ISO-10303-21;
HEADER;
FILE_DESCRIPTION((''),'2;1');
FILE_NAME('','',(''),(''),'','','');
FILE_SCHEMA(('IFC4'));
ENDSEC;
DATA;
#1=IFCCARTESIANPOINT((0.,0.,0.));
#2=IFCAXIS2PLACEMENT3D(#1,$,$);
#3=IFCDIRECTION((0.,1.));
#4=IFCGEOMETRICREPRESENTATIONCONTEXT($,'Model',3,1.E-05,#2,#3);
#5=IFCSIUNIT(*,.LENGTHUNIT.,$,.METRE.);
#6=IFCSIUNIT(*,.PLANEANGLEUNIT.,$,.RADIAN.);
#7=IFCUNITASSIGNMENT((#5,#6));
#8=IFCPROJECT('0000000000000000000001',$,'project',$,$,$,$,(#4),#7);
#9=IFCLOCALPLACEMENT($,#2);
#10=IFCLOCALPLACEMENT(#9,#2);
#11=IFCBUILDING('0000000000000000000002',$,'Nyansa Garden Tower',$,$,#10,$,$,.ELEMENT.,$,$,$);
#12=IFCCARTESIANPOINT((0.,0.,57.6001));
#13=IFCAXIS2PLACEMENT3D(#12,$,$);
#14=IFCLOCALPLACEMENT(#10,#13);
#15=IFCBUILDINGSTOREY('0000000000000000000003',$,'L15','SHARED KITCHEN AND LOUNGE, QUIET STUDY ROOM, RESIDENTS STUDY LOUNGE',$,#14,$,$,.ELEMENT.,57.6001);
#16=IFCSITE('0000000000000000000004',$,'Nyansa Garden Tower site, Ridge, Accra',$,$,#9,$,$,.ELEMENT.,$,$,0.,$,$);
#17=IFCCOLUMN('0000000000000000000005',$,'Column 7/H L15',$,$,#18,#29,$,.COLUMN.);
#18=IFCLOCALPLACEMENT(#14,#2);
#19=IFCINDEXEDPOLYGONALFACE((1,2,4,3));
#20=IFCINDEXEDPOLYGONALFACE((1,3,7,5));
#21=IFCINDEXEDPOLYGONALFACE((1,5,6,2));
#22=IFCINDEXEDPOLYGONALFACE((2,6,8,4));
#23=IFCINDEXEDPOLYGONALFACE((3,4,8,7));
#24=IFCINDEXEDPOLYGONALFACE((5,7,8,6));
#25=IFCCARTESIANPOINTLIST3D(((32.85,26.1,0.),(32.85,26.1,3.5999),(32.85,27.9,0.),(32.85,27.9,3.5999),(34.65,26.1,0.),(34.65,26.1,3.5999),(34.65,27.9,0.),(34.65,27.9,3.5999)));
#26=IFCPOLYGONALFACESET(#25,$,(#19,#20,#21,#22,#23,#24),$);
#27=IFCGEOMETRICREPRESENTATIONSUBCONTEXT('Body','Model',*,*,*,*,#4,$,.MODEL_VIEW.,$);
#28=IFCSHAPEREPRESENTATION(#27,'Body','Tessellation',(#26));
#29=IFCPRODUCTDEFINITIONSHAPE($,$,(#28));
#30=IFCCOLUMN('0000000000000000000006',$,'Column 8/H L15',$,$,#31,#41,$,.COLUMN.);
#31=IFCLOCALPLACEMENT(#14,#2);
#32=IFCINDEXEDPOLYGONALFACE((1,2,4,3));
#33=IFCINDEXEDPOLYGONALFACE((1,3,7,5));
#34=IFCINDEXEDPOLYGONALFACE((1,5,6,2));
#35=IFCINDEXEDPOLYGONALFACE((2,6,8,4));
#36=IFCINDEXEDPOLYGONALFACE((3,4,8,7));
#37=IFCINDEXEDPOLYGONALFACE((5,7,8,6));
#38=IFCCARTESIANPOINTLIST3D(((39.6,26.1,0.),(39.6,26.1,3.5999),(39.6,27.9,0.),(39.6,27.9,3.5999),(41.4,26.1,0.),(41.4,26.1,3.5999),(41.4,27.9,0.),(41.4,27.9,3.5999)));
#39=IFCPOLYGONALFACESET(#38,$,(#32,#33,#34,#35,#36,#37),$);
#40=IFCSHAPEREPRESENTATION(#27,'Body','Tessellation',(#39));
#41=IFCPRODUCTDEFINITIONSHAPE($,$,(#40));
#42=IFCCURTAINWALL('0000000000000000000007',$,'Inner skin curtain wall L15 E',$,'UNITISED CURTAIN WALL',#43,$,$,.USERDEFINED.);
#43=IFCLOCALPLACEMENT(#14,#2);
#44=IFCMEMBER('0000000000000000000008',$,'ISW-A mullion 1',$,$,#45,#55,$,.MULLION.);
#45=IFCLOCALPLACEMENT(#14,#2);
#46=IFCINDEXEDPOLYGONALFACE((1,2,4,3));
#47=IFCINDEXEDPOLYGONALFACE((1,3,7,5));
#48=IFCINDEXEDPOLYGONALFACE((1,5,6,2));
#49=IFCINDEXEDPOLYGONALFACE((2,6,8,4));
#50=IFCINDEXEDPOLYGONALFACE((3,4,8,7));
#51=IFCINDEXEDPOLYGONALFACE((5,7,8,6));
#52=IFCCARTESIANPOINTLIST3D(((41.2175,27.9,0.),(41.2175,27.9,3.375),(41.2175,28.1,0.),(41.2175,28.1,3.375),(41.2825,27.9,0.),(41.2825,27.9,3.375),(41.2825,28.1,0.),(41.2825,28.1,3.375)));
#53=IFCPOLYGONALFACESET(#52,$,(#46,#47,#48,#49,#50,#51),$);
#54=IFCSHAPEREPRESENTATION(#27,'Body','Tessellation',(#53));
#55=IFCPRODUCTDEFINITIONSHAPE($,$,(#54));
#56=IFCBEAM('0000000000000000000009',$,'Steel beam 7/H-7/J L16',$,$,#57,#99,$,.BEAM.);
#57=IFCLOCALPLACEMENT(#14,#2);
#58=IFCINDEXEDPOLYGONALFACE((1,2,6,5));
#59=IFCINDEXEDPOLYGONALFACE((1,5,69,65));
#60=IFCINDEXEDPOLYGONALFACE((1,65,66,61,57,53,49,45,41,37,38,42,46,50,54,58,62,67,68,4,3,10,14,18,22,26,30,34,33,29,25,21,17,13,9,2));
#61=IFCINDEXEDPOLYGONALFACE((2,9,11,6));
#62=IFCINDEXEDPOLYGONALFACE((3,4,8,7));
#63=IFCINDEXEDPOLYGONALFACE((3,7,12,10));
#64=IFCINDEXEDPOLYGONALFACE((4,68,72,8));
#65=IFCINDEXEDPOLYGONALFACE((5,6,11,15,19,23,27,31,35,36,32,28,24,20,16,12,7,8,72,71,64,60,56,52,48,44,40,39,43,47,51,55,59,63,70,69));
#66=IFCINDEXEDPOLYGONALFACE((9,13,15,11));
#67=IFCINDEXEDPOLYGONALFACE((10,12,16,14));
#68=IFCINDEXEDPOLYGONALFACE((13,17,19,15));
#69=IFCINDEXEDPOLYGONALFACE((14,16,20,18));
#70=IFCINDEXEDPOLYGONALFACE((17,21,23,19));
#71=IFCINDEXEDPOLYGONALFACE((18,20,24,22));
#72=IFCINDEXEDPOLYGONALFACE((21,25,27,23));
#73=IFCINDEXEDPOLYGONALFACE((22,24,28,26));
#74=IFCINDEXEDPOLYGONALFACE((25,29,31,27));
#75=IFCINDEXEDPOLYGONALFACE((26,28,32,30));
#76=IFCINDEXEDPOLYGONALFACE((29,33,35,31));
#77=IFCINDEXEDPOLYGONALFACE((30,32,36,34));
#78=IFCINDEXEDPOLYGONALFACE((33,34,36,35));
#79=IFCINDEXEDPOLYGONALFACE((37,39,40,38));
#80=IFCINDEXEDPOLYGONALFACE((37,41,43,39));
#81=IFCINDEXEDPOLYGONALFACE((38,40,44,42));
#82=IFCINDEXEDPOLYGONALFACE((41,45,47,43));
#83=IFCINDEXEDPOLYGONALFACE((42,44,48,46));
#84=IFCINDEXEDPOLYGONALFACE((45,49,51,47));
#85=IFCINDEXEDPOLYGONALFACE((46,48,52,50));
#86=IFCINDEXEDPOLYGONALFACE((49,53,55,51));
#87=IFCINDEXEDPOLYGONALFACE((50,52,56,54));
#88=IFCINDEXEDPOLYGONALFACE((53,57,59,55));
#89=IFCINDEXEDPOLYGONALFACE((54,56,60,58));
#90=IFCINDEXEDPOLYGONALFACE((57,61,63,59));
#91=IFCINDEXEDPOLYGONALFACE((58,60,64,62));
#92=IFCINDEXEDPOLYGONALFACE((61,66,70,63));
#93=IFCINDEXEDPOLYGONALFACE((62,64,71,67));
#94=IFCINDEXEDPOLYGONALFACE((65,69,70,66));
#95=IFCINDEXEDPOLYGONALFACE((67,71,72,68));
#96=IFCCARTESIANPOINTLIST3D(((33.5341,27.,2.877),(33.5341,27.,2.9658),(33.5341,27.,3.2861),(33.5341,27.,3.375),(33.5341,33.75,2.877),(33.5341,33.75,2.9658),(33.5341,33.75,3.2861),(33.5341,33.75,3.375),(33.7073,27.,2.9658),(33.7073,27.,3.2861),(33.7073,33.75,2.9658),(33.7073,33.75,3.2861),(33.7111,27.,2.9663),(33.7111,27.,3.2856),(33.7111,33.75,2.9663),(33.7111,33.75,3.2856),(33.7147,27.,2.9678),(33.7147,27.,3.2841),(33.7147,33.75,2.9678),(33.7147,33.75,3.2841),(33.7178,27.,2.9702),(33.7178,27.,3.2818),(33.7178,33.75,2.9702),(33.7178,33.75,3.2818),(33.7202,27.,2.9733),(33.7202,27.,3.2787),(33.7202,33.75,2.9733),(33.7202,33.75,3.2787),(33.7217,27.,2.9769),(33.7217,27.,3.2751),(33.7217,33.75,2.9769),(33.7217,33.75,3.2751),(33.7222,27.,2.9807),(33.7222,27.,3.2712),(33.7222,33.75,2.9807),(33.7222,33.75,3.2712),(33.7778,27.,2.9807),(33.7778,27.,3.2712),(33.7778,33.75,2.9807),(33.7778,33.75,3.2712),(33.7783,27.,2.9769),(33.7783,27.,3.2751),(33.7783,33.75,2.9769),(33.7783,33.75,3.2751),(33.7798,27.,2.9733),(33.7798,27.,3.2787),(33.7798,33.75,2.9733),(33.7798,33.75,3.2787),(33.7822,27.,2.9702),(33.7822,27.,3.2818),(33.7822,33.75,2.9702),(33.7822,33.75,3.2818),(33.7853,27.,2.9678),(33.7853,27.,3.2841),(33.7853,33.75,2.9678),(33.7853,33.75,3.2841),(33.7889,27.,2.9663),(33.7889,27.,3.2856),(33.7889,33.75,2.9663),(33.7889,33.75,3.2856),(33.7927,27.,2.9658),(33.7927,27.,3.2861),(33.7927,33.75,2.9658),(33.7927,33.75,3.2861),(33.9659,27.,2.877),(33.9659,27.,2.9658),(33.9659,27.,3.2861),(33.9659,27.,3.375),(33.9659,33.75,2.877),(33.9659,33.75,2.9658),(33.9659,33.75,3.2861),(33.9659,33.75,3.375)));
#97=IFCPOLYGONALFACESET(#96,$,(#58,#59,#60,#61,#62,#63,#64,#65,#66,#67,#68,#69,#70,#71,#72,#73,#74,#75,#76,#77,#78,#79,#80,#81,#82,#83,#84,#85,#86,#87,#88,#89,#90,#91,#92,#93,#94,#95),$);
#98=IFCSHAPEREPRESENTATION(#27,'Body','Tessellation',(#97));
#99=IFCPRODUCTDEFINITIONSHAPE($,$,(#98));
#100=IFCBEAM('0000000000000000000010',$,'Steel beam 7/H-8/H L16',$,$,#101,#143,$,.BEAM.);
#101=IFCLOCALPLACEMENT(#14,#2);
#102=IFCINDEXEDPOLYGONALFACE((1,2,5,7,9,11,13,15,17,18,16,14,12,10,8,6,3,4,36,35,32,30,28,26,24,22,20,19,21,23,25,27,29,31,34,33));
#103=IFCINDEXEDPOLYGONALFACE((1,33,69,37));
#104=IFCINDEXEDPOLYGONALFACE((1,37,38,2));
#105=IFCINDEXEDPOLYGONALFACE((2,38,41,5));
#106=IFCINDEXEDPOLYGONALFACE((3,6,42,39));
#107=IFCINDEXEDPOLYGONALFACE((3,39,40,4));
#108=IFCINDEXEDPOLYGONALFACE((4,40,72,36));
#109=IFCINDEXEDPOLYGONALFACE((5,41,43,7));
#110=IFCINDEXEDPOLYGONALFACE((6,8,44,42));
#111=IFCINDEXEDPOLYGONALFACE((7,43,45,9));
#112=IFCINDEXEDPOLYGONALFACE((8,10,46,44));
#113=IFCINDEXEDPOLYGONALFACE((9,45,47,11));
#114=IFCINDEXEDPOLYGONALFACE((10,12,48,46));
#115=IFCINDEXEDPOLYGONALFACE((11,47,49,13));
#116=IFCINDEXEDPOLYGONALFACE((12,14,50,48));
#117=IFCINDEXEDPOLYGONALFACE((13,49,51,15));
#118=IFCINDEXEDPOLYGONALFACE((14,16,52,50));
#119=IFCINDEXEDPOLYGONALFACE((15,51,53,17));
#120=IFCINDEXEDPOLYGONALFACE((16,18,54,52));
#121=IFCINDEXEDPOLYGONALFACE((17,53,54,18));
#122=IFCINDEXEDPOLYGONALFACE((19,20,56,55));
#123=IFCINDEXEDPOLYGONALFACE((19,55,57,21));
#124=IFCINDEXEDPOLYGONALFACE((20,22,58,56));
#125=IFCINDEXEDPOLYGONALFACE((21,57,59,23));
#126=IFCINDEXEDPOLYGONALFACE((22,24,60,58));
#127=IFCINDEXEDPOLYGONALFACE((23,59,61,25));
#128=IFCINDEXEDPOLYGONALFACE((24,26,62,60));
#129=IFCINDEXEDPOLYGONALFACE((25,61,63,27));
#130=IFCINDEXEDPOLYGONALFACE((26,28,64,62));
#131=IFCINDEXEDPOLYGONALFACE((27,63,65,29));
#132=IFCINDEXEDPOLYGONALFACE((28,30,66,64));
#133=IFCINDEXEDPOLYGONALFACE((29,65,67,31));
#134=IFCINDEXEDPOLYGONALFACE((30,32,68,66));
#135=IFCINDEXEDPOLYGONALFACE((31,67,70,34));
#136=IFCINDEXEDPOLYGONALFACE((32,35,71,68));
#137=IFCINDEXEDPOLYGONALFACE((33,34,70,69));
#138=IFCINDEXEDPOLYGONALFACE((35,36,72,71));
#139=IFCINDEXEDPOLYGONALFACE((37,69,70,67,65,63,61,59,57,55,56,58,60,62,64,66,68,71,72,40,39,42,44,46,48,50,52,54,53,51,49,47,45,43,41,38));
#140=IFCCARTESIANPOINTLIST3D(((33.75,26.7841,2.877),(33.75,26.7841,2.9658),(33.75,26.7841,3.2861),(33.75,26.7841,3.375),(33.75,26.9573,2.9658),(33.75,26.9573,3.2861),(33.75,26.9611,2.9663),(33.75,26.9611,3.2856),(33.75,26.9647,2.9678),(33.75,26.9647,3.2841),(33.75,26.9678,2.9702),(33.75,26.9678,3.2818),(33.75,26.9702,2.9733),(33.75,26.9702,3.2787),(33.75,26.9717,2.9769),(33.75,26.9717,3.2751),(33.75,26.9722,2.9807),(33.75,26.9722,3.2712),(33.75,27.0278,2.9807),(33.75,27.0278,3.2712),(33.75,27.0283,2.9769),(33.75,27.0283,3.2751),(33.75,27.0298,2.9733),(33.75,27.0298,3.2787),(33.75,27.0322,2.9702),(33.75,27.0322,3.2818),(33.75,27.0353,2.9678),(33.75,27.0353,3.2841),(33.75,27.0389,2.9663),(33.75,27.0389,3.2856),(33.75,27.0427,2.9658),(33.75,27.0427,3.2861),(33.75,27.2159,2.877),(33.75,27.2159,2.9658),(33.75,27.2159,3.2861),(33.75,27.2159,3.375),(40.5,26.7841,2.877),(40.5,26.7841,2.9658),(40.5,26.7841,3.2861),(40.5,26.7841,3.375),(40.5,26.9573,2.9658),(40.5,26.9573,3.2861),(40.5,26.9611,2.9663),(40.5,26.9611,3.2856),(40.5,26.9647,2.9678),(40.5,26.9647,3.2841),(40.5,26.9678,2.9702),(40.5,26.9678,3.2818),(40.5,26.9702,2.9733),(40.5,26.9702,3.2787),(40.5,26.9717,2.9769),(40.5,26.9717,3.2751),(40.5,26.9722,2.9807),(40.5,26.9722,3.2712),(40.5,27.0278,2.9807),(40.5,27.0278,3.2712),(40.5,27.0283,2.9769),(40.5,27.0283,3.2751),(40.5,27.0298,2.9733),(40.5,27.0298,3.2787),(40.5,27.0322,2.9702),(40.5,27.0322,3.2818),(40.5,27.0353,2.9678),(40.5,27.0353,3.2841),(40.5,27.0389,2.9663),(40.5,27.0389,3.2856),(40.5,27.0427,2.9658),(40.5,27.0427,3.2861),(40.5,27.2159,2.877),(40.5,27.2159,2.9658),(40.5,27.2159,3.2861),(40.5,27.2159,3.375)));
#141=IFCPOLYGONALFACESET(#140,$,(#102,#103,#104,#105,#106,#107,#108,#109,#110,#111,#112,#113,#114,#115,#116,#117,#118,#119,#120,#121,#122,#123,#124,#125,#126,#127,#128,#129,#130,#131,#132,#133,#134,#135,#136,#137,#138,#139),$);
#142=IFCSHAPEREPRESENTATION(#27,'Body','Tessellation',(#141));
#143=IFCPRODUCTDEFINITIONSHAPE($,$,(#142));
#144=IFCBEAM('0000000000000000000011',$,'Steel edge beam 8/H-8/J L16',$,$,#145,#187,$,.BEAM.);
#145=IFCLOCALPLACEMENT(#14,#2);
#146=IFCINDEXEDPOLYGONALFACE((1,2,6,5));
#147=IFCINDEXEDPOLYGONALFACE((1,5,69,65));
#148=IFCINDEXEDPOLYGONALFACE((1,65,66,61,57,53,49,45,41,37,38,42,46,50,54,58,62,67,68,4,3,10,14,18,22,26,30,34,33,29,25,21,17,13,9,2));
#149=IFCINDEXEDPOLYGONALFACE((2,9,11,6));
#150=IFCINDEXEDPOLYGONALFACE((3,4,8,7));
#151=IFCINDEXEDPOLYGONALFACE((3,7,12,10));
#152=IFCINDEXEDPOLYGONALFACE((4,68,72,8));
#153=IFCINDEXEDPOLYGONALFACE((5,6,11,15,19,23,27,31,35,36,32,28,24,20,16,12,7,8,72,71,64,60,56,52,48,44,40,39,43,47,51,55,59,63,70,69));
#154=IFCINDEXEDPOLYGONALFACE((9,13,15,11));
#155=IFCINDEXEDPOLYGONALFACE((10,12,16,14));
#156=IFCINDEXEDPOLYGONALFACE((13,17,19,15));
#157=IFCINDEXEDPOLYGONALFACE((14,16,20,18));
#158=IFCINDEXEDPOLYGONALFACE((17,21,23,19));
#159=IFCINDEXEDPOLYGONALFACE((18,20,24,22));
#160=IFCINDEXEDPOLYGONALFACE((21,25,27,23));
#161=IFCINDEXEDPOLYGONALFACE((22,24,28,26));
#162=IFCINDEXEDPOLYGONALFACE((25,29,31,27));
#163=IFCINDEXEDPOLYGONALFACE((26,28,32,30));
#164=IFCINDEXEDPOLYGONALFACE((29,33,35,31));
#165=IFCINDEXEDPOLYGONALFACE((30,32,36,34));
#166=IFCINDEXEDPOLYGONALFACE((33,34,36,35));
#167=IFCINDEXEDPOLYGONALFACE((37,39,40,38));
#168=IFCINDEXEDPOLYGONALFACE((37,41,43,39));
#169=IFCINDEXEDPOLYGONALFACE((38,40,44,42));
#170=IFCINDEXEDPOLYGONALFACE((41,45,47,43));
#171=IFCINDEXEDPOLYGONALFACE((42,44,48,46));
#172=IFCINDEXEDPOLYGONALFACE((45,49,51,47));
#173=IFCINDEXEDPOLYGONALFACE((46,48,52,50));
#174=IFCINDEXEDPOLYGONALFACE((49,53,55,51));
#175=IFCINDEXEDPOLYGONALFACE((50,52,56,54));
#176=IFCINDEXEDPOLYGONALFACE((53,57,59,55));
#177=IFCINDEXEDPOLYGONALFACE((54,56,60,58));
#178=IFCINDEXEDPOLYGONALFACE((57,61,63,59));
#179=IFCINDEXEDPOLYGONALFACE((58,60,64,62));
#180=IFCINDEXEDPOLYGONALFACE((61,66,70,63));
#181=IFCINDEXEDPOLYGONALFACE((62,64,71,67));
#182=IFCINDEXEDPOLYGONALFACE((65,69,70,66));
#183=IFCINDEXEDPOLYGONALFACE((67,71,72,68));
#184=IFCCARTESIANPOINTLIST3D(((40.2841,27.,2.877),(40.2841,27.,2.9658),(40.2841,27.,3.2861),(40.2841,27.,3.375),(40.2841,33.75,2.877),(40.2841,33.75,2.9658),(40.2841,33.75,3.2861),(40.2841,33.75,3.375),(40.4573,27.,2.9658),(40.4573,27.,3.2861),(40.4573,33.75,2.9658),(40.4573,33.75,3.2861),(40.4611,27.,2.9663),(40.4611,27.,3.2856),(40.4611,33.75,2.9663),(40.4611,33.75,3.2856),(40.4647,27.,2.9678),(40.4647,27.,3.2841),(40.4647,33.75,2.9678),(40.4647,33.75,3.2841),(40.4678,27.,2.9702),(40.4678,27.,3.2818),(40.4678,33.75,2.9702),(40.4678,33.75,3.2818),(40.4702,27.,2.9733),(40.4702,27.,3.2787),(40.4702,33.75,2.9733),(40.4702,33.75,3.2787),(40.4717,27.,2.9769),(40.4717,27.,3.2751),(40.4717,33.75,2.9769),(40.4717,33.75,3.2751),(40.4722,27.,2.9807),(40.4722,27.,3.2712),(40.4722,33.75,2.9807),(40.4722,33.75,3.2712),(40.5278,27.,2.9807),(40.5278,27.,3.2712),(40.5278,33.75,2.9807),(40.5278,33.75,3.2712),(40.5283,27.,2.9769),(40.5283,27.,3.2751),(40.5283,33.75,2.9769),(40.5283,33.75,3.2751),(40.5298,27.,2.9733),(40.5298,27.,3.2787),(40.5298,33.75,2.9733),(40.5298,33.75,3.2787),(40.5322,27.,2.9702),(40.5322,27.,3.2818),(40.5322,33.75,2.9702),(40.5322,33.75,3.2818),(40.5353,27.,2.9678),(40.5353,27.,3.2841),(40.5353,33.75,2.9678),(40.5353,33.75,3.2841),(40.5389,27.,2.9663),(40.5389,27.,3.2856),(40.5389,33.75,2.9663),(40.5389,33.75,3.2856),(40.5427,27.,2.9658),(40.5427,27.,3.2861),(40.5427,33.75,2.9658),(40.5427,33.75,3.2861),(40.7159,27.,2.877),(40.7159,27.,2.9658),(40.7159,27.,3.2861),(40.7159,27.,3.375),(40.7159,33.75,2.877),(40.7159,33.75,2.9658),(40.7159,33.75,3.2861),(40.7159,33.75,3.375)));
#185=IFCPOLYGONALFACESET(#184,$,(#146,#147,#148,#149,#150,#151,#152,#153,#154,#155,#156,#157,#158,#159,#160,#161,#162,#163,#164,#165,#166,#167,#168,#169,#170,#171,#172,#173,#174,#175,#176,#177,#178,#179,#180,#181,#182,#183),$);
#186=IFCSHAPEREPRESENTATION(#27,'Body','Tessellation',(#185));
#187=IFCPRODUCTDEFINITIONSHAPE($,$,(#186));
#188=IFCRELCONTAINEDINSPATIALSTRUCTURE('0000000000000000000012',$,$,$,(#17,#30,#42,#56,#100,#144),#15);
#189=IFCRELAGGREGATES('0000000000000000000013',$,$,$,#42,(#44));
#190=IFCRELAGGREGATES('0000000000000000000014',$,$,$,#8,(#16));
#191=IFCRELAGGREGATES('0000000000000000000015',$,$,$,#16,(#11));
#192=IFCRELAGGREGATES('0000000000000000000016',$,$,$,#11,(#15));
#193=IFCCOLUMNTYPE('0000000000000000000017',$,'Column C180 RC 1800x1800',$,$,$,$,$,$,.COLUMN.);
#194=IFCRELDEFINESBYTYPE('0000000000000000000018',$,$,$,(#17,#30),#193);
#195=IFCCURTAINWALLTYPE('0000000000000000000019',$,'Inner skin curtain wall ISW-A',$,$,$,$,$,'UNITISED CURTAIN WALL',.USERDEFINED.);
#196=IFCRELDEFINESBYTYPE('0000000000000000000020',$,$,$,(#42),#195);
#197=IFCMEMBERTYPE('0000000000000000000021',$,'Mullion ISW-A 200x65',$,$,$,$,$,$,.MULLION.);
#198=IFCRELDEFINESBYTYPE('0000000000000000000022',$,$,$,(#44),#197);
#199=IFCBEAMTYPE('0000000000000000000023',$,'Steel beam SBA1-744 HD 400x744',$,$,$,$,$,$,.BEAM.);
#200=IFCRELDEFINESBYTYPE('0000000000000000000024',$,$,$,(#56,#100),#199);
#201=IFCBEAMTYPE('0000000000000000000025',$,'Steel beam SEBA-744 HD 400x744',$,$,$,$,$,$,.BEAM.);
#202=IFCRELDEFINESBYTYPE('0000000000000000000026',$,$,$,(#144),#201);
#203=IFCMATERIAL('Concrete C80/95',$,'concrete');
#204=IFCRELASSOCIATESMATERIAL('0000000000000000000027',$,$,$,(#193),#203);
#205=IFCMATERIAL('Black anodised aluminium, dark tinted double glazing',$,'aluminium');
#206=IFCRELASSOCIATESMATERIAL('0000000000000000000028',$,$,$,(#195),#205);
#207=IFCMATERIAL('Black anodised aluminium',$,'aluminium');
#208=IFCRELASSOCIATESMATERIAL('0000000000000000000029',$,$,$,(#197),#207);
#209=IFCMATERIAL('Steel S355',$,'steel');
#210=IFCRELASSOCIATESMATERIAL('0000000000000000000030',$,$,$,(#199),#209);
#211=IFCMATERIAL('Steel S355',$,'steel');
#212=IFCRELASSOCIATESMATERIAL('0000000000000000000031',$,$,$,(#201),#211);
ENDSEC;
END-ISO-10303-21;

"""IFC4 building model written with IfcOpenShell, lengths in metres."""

from ifc_helpers import new_model, si_unit, direction, frame, origin, origin_2d, place, context, subcontext, project, spatial, rectangle, i_section, extrude, material, material_profile, profile_set, type_object, element, aggregate, save


model = new_model("IFC4")

# Units and contexts
model_context = context("Model", 3, precision=1e-05, world=origin(), true_north=direction((0.0, 1.0)))
body_context = subcontext(model_context, "Body", "Model", "MODEL_VIEW")
ifc_project = project(units=[si_unit("LENGTHUNIT", "METRE"), si_unit("PLANEANGLEUNIT", "RADIAN")], contexts=[model_context])

# Site, building, storey
site_placement = place(None, origin())
site = spatial("IfcSite", under=ifc_project, at=site_placement, Name="Nyansa Garden Tower site, Ridge, Accra", CompositionType="ELEMENT", RefElevation=0.0)
building_placement = place(site_placement, origin())
building = spatial("IfcBuilding", under=site, at=building_placement, Name="Nyansa Garden Tower", CompositionType="ELEMENT")
storey_placement = place(building_placement, frame((0.0, 0.0, 57.6001)))
storey = spatial("IfcBuildingStorey", under=building, at=storey_placement, Name="L15", Description="SHARED KITCHEN AND LOUNGE, QUIET STUDY ROOM, RESIDENTS STUDY LOUNGE", CompositionType="ELEMENT", Elevation=57.6001)

# Columns
ifc_material_1 = material(Name="Concrete C80/95", Category="concrete")
ifc_material_profile_1 = material_profile(ifc_material_1, rectangle(XDim=1.8, YDim=1.8, at=origin_2d()), Name="RC 1800x1800")
ifc_profile_set_1 = profile_set([ifc_material_profile_1], Name="Concrete C80/95")
column_type = type_object("IfcColumnType", Name="Column C180 RC 1800x1800", PredefinedType="COLUMN", material=ifc_profile_set_1)
for number, where, z_axis, x_axis, name in (
    (1, (33.75, 27.0, 0.0), (0.0, 0.0, 1.0), (1.0, 0.0, 0.0), "Column 7/H L15"),
    (2, (40.5, 27.0, 0.0), (0.0, 0.0, 1.0), (1.0, 0.0, 0.0), "Column 8/H L15"),
):
    element("IfcColumn", number, at=place(storey_placement, frame(where, z_axis=z_axis, x_axis=x_axis)), inside=storey, type_object=column_type, Name=name, PredefinedType="COLUMN", context=body_context, shape_type="SweptSolid", body=[
        extrude(rectangle(XDim=1.8, YDim=1.8, at=origin_2d()), origin(), (0.0, 0.0, 1.0), 3.5999),
    ])

# Curtain wall, member
ifc_material_2 = material(Name="Black anodised aluminium, dark tinted double glazing", Category="aluminium")
curtain_wall_type = type_object("IfcCurtainWallType", Name="Inner skin curtain wall ISW-A", ElementType="UNITISED CURTAIN WALL", PredefinedType="USERDEFINED", material=ifc_material_2)
curtain_wall_placement = place(storey_placement, origin())
curtain_wall = element("IfcCurtainWall", 3, at=curtain_wall_placement, inside=storey, type_object=curtain_wall_type, Name="Inner skin curtain wall L15 E", ObjectType="UNITISED CURTAIN WALL", PredefinedType="USERDEFINED")
ifc_material_3 = material(Name="Black anodised aluminium", Category="aluminium")
ifc_material_profile_2 = material_profile(ifc_material_3, rectangle(XDim=0.0649, YDim=0.2, at=origin_2d()), Name="Mullion 200x65")
ifc_profile_set_2 = profile_set([ifc_material_profile_2], Name="Black anodised aluminium")
member_type_1 = type_object("IfcMemberType", Name="Mullion ISW-A 200x65", PredefinedType="MULLION", material=ifc_profile_set_2)
member_1_placement = place(storey_placement, frame((41.25, 28.0, 0.0), z_axis=(0.0, 0.0, 1.0), x_axis=(-1.0, 0.0, 0.0)))
member_1 = element("IfcMember", 4, at=member_1_placement, type_object=member_type_1, Name="ISW-A mullion 1", PredefinedType="MULLION", context=body_context, shape_type="SweptSolid", body=[
    extrude(rectangle(XDim=0.0649, YDim=0.2, at=origin_2d()), origin(), (0.0, 0.0, 1.0), 3.375),
])

# Beams
ifc_material_4 = material(Name="Steel S355", Category="steel")
ifc_material_profile_3 = material_profile(ifc_material_4, i_section(OverallWidth=0.4319, OverallDepth=0.498, WebThickness=0.0557, FlangeThickness=0.0889, FilletRadius=0.0149, at=origin_2d()), Name="HD 400x744")
ifc_profile_set_3 = profile_set([ifc_material_profile_3], Name="Steel S355")
beam_type_1 = type_object("IfcBeamType", Name="Steel beam SBA1-744 HD 400x744", PredefinedType="BEAM", material=ifc_profile_set_3)
for number, where, z_axis, x_axis, name in (
    (5, (33.75, 27.0, 3.126), (0.0, 1.0, 0.0), (-1.0, 0.0, 0.0), "Steel beam 7/H-7/J L16"),
    (6, (33.75, 27.0, 3.126), (1.0, 0.0, 0.0), (0.0, 1.0, 0.0), "Steel beam 7/H-8/H L16"),
):
    element("IfcBeam", number, at=place(storey_placement, frame(where, z_axis=z_axis, x_axis=x_axis)), inside=storey, type_object=beam_type_1, Name=name, PredefinedType="BEAM", context=body_context, shape_type="SweptSolid", body=[
        extrude(i_section(OverallWidth=0.4319, OverallDepth=0.498, WebThickness=0.0557, FlangeThickness=0.0889, FilletRadius=0.0149, at=origin_2d()), origin(), (0.0, 0.0, 1.0), 6.75),
    ])
ifc_material_5 = material(Name="Steel S355", Category="steel")
ifc_material_profile_4 = material_profile(ifc_material_5, i_section(OverallWidth=0.4319, OverallDepth=0.498, WebThickness=0.0557, FlangeThickness=0.0889, FilletRadius=0.0149, at=origin_2d()), Name="HD 400x744")
ifc_profile_set_4 = profile_set([ifc_material_profile_4], Name="Steel S355")
beam_type_2 = type_object("IfcBeamType", Name="Steel beam SEBA-744 HD 400x744", PredefinedType="BEAM", material=ifc_profile_set_4)
beam_placement = place(storey_placement, frame((40.5, 27.0, 3.126), z_axis=(0.0, 1.0, 0.0), x_axis=(-1.0, 0.0, 0.0)))
element("IfcBeam", 7, at=beam_placement, inside=storey, type_object=beam_type_2, Name="Steel edge beam 8/H-8/J L16", PredefinedType="BEAM", context=body_context, shape_type="SweptSolid", body=[
    extrude(i_section(OverallWidth=0.4319, OverallDepth=0.498, WebThickness=0.0557, FlangeThickness=0.0889, FilletRadius=0.0149, at=origin_2d()), origin(), (0.0, 0.0, 1.0), 6.75),
])

aggregate(curtain_wall, [member_1])

save(model, "model.ifc")
